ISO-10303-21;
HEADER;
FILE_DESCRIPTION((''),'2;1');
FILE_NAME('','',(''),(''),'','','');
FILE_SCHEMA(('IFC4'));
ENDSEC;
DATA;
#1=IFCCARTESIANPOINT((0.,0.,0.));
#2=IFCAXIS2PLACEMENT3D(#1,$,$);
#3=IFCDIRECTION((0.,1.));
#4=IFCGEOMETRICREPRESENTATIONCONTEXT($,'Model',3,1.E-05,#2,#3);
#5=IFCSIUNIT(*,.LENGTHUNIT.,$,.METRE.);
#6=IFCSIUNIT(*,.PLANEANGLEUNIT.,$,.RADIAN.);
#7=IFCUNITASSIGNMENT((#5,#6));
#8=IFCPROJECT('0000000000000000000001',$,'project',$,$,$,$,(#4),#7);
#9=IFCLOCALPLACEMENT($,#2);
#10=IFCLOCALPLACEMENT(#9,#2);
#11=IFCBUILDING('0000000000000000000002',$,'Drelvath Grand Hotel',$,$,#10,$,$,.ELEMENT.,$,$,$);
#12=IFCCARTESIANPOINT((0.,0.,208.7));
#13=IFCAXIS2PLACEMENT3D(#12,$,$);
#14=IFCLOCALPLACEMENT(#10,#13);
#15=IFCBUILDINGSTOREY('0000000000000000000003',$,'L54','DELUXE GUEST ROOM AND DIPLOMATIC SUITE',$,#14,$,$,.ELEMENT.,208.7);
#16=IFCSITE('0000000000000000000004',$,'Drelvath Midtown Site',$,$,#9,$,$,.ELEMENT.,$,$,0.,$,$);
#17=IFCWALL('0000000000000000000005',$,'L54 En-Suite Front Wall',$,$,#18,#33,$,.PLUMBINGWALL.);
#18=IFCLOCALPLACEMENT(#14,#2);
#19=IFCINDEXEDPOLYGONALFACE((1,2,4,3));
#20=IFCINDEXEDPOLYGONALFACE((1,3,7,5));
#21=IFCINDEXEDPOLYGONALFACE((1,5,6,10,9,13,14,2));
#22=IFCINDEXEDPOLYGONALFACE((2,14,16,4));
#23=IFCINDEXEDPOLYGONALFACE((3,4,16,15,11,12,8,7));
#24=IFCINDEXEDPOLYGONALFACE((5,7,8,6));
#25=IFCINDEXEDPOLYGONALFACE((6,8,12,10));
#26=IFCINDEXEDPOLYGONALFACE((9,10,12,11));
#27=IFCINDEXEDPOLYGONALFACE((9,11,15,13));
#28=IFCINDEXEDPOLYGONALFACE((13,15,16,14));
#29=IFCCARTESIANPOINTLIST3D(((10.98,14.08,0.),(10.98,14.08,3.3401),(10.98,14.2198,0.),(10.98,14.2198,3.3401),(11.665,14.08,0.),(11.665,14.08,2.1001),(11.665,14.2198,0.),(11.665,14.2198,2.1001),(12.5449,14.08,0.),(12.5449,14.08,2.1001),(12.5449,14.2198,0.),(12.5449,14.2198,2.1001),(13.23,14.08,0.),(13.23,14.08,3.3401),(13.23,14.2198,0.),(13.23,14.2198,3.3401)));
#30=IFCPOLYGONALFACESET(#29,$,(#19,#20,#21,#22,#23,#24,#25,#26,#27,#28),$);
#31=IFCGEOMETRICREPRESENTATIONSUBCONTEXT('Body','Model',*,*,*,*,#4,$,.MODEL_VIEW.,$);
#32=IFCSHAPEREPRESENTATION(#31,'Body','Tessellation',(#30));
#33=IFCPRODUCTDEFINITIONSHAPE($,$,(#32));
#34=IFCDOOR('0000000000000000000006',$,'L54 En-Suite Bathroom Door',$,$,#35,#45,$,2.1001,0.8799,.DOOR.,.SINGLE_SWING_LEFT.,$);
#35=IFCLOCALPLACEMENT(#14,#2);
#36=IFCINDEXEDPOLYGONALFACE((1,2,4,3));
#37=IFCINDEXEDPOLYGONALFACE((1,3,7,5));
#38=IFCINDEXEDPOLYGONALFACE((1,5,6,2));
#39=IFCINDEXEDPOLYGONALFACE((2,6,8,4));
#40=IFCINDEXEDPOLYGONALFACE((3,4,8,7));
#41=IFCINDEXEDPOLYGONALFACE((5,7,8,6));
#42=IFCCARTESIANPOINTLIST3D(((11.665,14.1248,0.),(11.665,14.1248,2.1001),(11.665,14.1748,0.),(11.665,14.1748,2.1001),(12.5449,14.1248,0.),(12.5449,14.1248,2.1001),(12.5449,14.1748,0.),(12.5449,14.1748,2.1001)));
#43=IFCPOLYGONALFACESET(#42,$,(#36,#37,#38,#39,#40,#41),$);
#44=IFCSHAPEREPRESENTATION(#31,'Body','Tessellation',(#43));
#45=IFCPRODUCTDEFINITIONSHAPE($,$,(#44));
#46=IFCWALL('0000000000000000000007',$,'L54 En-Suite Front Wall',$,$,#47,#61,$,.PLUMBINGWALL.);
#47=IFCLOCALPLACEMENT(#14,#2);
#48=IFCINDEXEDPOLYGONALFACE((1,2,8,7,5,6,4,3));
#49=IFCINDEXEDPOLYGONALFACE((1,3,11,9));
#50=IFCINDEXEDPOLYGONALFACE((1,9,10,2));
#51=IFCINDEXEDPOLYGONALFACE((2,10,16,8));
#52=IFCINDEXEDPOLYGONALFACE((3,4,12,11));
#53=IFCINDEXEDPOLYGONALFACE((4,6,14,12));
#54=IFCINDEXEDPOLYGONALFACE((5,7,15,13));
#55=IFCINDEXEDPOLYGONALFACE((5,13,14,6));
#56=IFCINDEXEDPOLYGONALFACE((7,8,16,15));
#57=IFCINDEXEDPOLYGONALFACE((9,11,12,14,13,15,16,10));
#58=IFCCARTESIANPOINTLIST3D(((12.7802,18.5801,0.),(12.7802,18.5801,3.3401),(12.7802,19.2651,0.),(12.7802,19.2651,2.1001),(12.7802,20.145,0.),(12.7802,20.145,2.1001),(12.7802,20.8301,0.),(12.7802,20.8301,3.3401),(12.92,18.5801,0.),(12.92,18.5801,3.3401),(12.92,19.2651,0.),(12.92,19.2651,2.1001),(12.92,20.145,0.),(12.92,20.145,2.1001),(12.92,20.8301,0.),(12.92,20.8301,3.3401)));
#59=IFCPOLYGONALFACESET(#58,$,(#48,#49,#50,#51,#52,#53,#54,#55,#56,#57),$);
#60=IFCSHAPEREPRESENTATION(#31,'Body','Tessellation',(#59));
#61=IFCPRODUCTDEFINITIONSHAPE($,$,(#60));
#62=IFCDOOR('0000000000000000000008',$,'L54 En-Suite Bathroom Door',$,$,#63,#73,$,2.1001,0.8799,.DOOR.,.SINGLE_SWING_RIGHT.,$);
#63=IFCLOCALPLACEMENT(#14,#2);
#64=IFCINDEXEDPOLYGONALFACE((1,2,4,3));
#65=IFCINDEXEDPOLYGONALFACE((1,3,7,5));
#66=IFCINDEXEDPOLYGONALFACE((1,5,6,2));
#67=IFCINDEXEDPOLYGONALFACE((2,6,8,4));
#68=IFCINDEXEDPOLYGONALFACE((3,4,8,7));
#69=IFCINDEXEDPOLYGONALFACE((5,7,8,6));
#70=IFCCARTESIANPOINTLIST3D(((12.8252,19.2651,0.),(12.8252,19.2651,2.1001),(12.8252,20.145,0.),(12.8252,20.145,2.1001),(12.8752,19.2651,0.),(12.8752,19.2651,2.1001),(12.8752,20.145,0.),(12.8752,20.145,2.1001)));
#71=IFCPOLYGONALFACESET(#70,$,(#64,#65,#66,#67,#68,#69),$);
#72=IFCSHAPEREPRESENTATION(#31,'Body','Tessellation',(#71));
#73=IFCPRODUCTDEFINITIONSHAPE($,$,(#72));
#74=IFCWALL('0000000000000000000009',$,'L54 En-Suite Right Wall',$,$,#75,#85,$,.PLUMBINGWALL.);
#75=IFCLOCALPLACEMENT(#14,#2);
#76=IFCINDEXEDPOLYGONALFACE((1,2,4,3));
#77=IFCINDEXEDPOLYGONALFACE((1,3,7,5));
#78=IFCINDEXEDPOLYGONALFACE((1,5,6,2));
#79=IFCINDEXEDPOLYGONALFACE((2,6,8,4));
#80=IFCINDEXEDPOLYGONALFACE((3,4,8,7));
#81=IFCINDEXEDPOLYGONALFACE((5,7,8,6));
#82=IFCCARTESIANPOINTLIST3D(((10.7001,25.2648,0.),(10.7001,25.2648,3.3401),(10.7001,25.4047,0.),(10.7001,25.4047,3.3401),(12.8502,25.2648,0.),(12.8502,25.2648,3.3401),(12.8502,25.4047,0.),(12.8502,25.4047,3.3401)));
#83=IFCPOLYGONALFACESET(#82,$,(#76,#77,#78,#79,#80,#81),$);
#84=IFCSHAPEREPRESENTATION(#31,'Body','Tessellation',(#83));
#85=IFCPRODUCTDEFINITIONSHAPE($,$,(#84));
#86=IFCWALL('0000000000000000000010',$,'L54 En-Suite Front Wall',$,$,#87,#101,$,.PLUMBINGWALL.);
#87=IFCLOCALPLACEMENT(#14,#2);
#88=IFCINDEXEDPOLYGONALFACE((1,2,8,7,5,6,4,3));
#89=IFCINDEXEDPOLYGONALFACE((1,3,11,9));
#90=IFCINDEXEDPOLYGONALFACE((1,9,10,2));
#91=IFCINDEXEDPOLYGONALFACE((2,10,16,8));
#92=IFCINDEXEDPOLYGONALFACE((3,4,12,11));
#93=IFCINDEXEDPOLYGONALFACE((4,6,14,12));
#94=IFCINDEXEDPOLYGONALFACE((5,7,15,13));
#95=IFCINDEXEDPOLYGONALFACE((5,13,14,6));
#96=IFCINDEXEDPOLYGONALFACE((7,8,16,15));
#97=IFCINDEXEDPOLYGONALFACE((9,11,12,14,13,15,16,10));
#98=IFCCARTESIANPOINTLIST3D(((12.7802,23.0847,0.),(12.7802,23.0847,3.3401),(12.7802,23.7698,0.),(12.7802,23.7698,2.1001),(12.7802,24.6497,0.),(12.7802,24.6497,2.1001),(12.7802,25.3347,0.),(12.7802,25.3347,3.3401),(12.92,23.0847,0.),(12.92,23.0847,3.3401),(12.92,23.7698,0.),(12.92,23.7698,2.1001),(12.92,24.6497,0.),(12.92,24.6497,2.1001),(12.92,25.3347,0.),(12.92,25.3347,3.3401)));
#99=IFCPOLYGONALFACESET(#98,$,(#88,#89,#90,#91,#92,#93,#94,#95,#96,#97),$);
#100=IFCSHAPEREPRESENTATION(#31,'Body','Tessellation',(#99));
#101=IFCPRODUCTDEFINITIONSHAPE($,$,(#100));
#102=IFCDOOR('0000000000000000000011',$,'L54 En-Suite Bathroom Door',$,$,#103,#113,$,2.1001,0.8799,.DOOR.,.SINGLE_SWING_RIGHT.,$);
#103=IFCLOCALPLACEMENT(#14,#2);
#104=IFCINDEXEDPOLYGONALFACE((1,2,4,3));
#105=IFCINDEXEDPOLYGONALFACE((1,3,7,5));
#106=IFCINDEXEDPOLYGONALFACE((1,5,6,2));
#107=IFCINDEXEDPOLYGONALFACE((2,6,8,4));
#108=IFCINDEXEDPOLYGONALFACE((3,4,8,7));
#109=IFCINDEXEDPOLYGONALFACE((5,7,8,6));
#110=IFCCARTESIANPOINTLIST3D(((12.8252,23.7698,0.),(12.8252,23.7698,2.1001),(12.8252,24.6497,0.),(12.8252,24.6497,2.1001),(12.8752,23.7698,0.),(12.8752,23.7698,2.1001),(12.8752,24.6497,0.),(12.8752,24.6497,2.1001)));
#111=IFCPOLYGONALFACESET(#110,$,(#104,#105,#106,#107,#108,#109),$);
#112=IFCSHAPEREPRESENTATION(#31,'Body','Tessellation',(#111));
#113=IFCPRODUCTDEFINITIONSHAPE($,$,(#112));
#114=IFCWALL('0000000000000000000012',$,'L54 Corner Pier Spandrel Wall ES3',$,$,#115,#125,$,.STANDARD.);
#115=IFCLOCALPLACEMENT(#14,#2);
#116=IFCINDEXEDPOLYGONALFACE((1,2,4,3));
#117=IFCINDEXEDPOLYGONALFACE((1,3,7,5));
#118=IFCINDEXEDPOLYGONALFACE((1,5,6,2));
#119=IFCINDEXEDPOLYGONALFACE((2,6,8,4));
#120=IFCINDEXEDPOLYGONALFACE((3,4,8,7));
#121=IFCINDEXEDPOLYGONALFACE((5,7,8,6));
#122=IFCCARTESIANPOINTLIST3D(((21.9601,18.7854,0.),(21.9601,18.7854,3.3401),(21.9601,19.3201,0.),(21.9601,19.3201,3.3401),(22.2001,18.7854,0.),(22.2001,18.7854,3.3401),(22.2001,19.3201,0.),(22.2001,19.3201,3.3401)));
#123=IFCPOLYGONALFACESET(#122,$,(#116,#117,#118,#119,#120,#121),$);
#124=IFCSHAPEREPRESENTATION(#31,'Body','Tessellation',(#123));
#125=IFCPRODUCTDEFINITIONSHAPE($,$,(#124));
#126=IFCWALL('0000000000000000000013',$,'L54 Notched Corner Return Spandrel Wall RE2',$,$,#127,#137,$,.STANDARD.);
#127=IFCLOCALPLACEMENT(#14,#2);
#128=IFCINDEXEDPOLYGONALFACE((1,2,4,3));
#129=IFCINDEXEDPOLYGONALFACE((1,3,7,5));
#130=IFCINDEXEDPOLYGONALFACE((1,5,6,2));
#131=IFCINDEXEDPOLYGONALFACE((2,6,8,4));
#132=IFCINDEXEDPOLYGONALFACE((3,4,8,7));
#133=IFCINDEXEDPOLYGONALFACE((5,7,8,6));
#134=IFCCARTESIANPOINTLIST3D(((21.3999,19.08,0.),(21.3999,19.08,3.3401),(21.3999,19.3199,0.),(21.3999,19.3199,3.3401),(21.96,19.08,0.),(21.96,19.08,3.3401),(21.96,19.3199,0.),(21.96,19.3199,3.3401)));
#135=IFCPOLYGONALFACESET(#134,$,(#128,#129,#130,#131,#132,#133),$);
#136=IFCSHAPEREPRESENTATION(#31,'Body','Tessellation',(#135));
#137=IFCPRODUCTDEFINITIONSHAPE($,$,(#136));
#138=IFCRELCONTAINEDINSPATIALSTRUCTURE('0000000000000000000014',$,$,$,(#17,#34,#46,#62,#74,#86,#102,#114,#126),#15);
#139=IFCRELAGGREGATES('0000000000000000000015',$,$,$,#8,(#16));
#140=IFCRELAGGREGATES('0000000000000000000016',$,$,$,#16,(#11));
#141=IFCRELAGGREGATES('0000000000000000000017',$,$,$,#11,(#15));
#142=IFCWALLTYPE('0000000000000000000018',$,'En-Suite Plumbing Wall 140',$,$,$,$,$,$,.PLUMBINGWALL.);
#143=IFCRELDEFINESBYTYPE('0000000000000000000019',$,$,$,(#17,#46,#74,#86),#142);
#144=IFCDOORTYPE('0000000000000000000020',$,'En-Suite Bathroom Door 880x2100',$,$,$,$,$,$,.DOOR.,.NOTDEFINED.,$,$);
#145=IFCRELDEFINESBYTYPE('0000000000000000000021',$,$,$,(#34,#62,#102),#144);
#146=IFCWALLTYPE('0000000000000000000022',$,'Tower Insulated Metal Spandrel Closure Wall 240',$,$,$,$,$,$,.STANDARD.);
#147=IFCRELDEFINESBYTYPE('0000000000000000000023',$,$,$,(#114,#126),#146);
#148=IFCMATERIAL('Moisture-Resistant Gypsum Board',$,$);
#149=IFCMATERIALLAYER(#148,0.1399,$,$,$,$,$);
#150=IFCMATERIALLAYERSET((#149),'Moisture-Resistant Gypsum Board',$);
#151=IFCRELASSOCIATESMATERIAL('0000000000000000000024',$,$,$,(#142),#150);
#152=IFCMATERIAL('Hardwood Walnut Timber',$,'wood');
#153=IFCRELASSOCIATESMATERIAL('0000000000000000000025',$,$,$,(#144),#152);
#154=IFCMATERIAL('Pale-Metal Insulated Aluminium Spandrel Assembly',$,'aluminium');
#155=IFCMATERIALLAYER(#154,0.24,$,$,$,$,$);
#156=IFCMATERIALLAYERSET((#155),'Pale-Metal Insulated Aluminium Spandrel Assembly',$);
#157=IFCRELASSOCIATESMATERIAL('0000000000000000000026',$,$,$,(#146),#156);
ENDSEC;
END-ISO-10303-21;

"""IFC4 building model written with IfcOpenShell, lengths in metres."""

from ifc_helpers import new_model, si_unit, direction, frame, frame_2d, origin, place, context, subcontext, project, spatial, rectangle, extrude, material, layer, layer_set, type_object, element, fill, save


model = new_model("IFC4")

# Units and contexts
model_context = context("Model", 3, precision=1e-05, world=origin(), true_north=direction((0.0, 1.0)))
body_context = subcontext(model_context, "Body", "Model", "MODEL_VIEW")
ifc_project = project(units=[si_unit("LENGTHUNIT", "METRE"), si_unit("PLANEANGLEUNIT", "RADIAN")], contexts=[model_context])

# Site, building, storey
site_placement = place(None, origin())
site = spatial("IfcSite", under=ifc_project, at=site_placement, Name="Drelvath Midtown Site", CompositionType="ELEMENT", RefElevation=0.0)
building_placement = place(site_placement, origin())
building = spatial("IfcBuilding", under=site, at=building_placement, Name="Drelvath Grand Hotel", CompositionType="ELEMENT")
storey_placement = place(building_placement, frame((0.0, 0.0, 208.7)))
storey = spatial("IfcBuildingStorey", under=building, at=storey_placement, Name="L54", Description="DELUXE GUEST ROOM AND DIPLOMATIC SUITE", CompositionType="ELEMENT", Elevation=208.7)

# Shared definitions
ifc_material_1 = material(Name="Moisture-Resistant Gypsum Board")
ifc_layer_1 = layer(ifc_material_1, 0.1399)
ifc_layer_set_1 = layer_set([ifc_layer_1], Name="Moisture-Resistant Gypsum Board")
wall_type_1 = type_object("IfcWallType", Name="En-Suite Plumbing Wall 140", PredefinedType="PLUMBINGWALL", material=ifc_layer_set_1)

# Shared definitions
ifc_material_2 = material(Name="Hardwood Walnut Timber", Category="wood")
door_type = type_object("IfcDoorType", Name="En-Suite Bathroom Door 880x2100", OperationType="NOTDEFINED", PredefinedType="DOOR", material=ifc_material_2)

# Walls, openings, doors
wall_1_placement = place(storey_placement, frame((10.98, 14.1499, 0.0), z_axis=(0.0, 0.0, 1.0), x_axis=(1.0, 0.0, 0.0)))
wall_1 = element("IfcWall", 1, at=wall_1_placement, inside=storey, type_object=wall_type_1, Name="L54 En-Suite Front Wall", PredefinedType="PLUMBINGWALL", context=body_context, shape_type="SweptSolid", body=[
    extrude(rectangle(XDim=2.25, YDim=0.1399, at=frame_2d((1.125, 0.0))), origin(), (0.0, 0.0, 1.0), 3.3401),
])
opening_1_placement = place(wall_1_placement, frame((0.6851, 0.0, 0.0)))
opening_1 = element("IfcOpeningElement", 2, at=opening_1_placement, cuts=wall_1, PredefinedType="OPENING", context=body_context, shape_type="SweptSolid", body=[
    extrude(rectangle(XDim=0.8799, YDim=2.1001, at=frame_2d((0.4399, 1.05))), frame((0.0, 0.0798, 0.0), z_axis=(0.0, -1.0, 0.0), x_axis=(1.0, 0.0, 0.0)), (0.0, 0.0, 1.0), 0.1599),
])
door_1_placement = place(opening_1_placement, origin())
door_1 = element("IfcDoor", 3, at=door_1_placement, inside=storey, type_object=door_type, Name="L54 En-Suite Bathroom Door", OperationType="SINGLE_SWING_LEFT", OverallHeight=2.1001, OverallWidth=0.8799, PredefinedType="DOOR", context=body_context, shape_type="SweptSolid", body=[
    extrude(rectangle(XDim=0.8799, YDim=2.1001, at=frame_2d((0.4399, 1.05))), frame((0.0, 0.0249, 0.0), z_axis=(0.0, -1.0, 0.0), x_axis=(1.0, 0.0, 0.0)), (0.0, 0.0, 1.0), 0.05),
])
fill(opening_1, door_1)
wall_2_placement = place(storey_placement, frame((12.8501, 18.5801, 0.0), z_axis=(0.0, 0.0, 1.0), x_axis=(0.0, 1.0, 0.0)))
wall_2 = element("IfcWall", 4, at=wall_2_placement, inside=storey, type_object=wall_type_1, Name="L54 En-Suite Front Wall", PredefinedType="PLUMBINGWALL", context=body_context, shape_type="SweptSolid", body=[
    extrude(rectangle(XDim=2.25, YDim=0.1399, at=frame_2d((1.125, 0.0))), origin(), (0.0, 0.0, 1.0), 3.3401),
])
opening_2_placement = place(wall_2_placement, frame((0.6851, 0.0, 0.0)))
opening_2 = element("IfcOpeningElement", 5, at=opening_2_placement, cuts=wall_2, PredefinedType="OPENING", context=body_context, shape_type="SweptSolid", body=[
    extrude(rectangle(XDim=0.8799, YDim=2.1001, at=frame_2d((0.4399, 1.05))), frame((0.0, 0.0798, 0.0), z_axis=(0.0, -1.0, 0.0), x_axis=(1.0, 0.0, 0.0)), (0.0, 0.0, 1.0), 0.1599),
])
door_2_placement = place(opening_2_placement, origin())
door_2 = element("IfcDoor", 6, at=door_2_placement, inside=storey, type_object=door_type, Name="L54 En-Suite Bathroom Door", OperationType="SINGLE_SWING_RIGHT", OverallHeight=2.1001, OverallWidth=0.8799, PredefinedType="DOOR", context=body_context, shape_type="SweptSolid", body=[
    extrude(rectangle(XDim=0.8799, YDim=2.1001, at=frame_2d((0.4399, 1.05))), frame((0.0, 0.0249, 0.0), z_axis=(0.0, -1.0, 0.0), x_axis=(1.0, 0.0, 0.0)), (0.0, 0.0, 1.0), 0.05),
])
fill(opening_2, door_2)

# Wall
wall_3_placement = place(storey_placement, frame((10.7, 25.3347, 0.0), z_axis=(0.0, 0.0, 1.0), x_axis=(1.0, 0.0, 0.0)))
element("IfcWall", 7, at=wall_3_placement, inside=storey, type_object=wall_type_1, Name="L54 En-Suite Right Wall", PredefinedType="PLUMBINGWALL", context=body_context, shape_type="SweptSolid", body=[
    extrude(rectangle(XDim=2.1501, YDim=0.1399, at=frame_2d((1.0752, 0.0))), origin(), (0.0, 0.0, 1.0), 3.3401),
])

# Wall, opening, door
wall_4_placement = place(storey_placement, frame((12.8501, 23.0847, 0.0), z_axis=(0.0, 0.0, 1.0), x_axis=(0.0, 1.0, 0.0)))
wall_4 = element("IfcWall", 8, at=wall_4_placement, inside=storey, type_object=wall_type_1, Name="L54 En-Suite Front Wall", PredefinedType="PLUMBINGWALL", context=body_context, shape_type="SweptSolid", body=[
    extrude(rectangle(XDim=2.25, YDim=0.1399, at=frame_2d((1.125, 0.0))), origin(), (0.0, 0.0, 1.0), 3.3401),
])
opening_3_placement = place(wall_4_placement, frame((0.6851, 0.0, 0.0)))
opening_3 = element("IfcOpeningElement", 9, at=opening_3_placement, cuts=wall_4, PredefinedType="OPENING", context=body_context, shape_type="SweptSolid", body=[
    extrude(rectangle(XDim=0.8799, YDim=2.1001, at=frame_2d((0.4399, 1.05))), frame((0.0, 0.0798, 0.0), z_axis=(0.0, -1.0, 0.0), x_axis=(1.0, 0.0, 0.0)), (0.0, 0.0, 1.0), 0.1599),
])
door_3_placement = place(opening_3_placement, origin())
door_3 = element("IfcDoor", 10, at=door_3_placement, inside=storey, type_object=door_type, Name="L54 En-Suite Bathroom Door", OperationType="SINGLE_SWING_RIGHT", OverallHeight=2.1001, OverallWidth=0.8799, PredefinedType="DOOR", context=body_context, shape_type="SweptSolid", body=[
    extrude(rectangle(XDim=0.8799, YDim=2.1001, at=frame_2d((0.4399, 1.05))), frame((0.0, 0.0249, 0.0), z_axis=(0.0, -1.0, 0.0), x_axis=(1.0, 0.0, 0.0)), (0.0, 0.0, 1.0), 0.05),
])
fill(opening_3, door_3)

# Walls
ifc_material_3 = material(Name="Pale-Metal Insulated Aluminium Spandrel Assembly", Category="aluminium")
ifc_layer_2 = layer(ifc_material_3, 0.24)
ifc_layer_set_2 = layer_set([ifc_layer_2], Name="Pale-Metal Insulated Aluminium Spandrel Assembly")
wall_type_2 = type_object("IfcWallType", Name="Tower Insulated Metal Spandrel Closure Wall 240", PredefinedType="STANDARD", material=ifc_layer_set_2)
wall_5_placement = place(storey_placement, frame((22.0801, 19.3201, 0.0), z_axis=(0.0, 0.0, 1.0), x_axis=(0.0, -1.0, 0.0)))
element("IfcWall", 11, at=wall_5_placement, inside=storey, type_object=wall_type_2, Name="L54 Corner Pier Spandrel Wall ES3", PredefinedType="STANDARD", context=body_context, shape_type="SweptSolid", body=[
    extrude(rectangle(XDim=0.5347, YDim=0.24, at=frame_2d((0.2673, 0.0))), origin(), (0.0, 0.0, 1.0), 3.3401),
])
wall_6_placement = place(storey_placement, frame((21.3999, 19.2, 0.0), z_axis=(0.0, 0.0, 1.0), x_axis=(1.0, 0.0, 0.0)))
element("IfcWall", 12, at=wall_6_placement, inside=storey, type_object=wall_type_2, Name="L54 Notched Corner Return Spandrel Wall RE2", PredefinedType="STANDARD", context=body_context, shape_type="SweptSolid", body=[
    extrude(rectangle(XDim=0.5601, YDim=0.24, at=frame_2d((0.28, 0.0))), origin(), (0.0, 0.0, 1.0), 3.3401),
])

save(model, "model.ifc")
